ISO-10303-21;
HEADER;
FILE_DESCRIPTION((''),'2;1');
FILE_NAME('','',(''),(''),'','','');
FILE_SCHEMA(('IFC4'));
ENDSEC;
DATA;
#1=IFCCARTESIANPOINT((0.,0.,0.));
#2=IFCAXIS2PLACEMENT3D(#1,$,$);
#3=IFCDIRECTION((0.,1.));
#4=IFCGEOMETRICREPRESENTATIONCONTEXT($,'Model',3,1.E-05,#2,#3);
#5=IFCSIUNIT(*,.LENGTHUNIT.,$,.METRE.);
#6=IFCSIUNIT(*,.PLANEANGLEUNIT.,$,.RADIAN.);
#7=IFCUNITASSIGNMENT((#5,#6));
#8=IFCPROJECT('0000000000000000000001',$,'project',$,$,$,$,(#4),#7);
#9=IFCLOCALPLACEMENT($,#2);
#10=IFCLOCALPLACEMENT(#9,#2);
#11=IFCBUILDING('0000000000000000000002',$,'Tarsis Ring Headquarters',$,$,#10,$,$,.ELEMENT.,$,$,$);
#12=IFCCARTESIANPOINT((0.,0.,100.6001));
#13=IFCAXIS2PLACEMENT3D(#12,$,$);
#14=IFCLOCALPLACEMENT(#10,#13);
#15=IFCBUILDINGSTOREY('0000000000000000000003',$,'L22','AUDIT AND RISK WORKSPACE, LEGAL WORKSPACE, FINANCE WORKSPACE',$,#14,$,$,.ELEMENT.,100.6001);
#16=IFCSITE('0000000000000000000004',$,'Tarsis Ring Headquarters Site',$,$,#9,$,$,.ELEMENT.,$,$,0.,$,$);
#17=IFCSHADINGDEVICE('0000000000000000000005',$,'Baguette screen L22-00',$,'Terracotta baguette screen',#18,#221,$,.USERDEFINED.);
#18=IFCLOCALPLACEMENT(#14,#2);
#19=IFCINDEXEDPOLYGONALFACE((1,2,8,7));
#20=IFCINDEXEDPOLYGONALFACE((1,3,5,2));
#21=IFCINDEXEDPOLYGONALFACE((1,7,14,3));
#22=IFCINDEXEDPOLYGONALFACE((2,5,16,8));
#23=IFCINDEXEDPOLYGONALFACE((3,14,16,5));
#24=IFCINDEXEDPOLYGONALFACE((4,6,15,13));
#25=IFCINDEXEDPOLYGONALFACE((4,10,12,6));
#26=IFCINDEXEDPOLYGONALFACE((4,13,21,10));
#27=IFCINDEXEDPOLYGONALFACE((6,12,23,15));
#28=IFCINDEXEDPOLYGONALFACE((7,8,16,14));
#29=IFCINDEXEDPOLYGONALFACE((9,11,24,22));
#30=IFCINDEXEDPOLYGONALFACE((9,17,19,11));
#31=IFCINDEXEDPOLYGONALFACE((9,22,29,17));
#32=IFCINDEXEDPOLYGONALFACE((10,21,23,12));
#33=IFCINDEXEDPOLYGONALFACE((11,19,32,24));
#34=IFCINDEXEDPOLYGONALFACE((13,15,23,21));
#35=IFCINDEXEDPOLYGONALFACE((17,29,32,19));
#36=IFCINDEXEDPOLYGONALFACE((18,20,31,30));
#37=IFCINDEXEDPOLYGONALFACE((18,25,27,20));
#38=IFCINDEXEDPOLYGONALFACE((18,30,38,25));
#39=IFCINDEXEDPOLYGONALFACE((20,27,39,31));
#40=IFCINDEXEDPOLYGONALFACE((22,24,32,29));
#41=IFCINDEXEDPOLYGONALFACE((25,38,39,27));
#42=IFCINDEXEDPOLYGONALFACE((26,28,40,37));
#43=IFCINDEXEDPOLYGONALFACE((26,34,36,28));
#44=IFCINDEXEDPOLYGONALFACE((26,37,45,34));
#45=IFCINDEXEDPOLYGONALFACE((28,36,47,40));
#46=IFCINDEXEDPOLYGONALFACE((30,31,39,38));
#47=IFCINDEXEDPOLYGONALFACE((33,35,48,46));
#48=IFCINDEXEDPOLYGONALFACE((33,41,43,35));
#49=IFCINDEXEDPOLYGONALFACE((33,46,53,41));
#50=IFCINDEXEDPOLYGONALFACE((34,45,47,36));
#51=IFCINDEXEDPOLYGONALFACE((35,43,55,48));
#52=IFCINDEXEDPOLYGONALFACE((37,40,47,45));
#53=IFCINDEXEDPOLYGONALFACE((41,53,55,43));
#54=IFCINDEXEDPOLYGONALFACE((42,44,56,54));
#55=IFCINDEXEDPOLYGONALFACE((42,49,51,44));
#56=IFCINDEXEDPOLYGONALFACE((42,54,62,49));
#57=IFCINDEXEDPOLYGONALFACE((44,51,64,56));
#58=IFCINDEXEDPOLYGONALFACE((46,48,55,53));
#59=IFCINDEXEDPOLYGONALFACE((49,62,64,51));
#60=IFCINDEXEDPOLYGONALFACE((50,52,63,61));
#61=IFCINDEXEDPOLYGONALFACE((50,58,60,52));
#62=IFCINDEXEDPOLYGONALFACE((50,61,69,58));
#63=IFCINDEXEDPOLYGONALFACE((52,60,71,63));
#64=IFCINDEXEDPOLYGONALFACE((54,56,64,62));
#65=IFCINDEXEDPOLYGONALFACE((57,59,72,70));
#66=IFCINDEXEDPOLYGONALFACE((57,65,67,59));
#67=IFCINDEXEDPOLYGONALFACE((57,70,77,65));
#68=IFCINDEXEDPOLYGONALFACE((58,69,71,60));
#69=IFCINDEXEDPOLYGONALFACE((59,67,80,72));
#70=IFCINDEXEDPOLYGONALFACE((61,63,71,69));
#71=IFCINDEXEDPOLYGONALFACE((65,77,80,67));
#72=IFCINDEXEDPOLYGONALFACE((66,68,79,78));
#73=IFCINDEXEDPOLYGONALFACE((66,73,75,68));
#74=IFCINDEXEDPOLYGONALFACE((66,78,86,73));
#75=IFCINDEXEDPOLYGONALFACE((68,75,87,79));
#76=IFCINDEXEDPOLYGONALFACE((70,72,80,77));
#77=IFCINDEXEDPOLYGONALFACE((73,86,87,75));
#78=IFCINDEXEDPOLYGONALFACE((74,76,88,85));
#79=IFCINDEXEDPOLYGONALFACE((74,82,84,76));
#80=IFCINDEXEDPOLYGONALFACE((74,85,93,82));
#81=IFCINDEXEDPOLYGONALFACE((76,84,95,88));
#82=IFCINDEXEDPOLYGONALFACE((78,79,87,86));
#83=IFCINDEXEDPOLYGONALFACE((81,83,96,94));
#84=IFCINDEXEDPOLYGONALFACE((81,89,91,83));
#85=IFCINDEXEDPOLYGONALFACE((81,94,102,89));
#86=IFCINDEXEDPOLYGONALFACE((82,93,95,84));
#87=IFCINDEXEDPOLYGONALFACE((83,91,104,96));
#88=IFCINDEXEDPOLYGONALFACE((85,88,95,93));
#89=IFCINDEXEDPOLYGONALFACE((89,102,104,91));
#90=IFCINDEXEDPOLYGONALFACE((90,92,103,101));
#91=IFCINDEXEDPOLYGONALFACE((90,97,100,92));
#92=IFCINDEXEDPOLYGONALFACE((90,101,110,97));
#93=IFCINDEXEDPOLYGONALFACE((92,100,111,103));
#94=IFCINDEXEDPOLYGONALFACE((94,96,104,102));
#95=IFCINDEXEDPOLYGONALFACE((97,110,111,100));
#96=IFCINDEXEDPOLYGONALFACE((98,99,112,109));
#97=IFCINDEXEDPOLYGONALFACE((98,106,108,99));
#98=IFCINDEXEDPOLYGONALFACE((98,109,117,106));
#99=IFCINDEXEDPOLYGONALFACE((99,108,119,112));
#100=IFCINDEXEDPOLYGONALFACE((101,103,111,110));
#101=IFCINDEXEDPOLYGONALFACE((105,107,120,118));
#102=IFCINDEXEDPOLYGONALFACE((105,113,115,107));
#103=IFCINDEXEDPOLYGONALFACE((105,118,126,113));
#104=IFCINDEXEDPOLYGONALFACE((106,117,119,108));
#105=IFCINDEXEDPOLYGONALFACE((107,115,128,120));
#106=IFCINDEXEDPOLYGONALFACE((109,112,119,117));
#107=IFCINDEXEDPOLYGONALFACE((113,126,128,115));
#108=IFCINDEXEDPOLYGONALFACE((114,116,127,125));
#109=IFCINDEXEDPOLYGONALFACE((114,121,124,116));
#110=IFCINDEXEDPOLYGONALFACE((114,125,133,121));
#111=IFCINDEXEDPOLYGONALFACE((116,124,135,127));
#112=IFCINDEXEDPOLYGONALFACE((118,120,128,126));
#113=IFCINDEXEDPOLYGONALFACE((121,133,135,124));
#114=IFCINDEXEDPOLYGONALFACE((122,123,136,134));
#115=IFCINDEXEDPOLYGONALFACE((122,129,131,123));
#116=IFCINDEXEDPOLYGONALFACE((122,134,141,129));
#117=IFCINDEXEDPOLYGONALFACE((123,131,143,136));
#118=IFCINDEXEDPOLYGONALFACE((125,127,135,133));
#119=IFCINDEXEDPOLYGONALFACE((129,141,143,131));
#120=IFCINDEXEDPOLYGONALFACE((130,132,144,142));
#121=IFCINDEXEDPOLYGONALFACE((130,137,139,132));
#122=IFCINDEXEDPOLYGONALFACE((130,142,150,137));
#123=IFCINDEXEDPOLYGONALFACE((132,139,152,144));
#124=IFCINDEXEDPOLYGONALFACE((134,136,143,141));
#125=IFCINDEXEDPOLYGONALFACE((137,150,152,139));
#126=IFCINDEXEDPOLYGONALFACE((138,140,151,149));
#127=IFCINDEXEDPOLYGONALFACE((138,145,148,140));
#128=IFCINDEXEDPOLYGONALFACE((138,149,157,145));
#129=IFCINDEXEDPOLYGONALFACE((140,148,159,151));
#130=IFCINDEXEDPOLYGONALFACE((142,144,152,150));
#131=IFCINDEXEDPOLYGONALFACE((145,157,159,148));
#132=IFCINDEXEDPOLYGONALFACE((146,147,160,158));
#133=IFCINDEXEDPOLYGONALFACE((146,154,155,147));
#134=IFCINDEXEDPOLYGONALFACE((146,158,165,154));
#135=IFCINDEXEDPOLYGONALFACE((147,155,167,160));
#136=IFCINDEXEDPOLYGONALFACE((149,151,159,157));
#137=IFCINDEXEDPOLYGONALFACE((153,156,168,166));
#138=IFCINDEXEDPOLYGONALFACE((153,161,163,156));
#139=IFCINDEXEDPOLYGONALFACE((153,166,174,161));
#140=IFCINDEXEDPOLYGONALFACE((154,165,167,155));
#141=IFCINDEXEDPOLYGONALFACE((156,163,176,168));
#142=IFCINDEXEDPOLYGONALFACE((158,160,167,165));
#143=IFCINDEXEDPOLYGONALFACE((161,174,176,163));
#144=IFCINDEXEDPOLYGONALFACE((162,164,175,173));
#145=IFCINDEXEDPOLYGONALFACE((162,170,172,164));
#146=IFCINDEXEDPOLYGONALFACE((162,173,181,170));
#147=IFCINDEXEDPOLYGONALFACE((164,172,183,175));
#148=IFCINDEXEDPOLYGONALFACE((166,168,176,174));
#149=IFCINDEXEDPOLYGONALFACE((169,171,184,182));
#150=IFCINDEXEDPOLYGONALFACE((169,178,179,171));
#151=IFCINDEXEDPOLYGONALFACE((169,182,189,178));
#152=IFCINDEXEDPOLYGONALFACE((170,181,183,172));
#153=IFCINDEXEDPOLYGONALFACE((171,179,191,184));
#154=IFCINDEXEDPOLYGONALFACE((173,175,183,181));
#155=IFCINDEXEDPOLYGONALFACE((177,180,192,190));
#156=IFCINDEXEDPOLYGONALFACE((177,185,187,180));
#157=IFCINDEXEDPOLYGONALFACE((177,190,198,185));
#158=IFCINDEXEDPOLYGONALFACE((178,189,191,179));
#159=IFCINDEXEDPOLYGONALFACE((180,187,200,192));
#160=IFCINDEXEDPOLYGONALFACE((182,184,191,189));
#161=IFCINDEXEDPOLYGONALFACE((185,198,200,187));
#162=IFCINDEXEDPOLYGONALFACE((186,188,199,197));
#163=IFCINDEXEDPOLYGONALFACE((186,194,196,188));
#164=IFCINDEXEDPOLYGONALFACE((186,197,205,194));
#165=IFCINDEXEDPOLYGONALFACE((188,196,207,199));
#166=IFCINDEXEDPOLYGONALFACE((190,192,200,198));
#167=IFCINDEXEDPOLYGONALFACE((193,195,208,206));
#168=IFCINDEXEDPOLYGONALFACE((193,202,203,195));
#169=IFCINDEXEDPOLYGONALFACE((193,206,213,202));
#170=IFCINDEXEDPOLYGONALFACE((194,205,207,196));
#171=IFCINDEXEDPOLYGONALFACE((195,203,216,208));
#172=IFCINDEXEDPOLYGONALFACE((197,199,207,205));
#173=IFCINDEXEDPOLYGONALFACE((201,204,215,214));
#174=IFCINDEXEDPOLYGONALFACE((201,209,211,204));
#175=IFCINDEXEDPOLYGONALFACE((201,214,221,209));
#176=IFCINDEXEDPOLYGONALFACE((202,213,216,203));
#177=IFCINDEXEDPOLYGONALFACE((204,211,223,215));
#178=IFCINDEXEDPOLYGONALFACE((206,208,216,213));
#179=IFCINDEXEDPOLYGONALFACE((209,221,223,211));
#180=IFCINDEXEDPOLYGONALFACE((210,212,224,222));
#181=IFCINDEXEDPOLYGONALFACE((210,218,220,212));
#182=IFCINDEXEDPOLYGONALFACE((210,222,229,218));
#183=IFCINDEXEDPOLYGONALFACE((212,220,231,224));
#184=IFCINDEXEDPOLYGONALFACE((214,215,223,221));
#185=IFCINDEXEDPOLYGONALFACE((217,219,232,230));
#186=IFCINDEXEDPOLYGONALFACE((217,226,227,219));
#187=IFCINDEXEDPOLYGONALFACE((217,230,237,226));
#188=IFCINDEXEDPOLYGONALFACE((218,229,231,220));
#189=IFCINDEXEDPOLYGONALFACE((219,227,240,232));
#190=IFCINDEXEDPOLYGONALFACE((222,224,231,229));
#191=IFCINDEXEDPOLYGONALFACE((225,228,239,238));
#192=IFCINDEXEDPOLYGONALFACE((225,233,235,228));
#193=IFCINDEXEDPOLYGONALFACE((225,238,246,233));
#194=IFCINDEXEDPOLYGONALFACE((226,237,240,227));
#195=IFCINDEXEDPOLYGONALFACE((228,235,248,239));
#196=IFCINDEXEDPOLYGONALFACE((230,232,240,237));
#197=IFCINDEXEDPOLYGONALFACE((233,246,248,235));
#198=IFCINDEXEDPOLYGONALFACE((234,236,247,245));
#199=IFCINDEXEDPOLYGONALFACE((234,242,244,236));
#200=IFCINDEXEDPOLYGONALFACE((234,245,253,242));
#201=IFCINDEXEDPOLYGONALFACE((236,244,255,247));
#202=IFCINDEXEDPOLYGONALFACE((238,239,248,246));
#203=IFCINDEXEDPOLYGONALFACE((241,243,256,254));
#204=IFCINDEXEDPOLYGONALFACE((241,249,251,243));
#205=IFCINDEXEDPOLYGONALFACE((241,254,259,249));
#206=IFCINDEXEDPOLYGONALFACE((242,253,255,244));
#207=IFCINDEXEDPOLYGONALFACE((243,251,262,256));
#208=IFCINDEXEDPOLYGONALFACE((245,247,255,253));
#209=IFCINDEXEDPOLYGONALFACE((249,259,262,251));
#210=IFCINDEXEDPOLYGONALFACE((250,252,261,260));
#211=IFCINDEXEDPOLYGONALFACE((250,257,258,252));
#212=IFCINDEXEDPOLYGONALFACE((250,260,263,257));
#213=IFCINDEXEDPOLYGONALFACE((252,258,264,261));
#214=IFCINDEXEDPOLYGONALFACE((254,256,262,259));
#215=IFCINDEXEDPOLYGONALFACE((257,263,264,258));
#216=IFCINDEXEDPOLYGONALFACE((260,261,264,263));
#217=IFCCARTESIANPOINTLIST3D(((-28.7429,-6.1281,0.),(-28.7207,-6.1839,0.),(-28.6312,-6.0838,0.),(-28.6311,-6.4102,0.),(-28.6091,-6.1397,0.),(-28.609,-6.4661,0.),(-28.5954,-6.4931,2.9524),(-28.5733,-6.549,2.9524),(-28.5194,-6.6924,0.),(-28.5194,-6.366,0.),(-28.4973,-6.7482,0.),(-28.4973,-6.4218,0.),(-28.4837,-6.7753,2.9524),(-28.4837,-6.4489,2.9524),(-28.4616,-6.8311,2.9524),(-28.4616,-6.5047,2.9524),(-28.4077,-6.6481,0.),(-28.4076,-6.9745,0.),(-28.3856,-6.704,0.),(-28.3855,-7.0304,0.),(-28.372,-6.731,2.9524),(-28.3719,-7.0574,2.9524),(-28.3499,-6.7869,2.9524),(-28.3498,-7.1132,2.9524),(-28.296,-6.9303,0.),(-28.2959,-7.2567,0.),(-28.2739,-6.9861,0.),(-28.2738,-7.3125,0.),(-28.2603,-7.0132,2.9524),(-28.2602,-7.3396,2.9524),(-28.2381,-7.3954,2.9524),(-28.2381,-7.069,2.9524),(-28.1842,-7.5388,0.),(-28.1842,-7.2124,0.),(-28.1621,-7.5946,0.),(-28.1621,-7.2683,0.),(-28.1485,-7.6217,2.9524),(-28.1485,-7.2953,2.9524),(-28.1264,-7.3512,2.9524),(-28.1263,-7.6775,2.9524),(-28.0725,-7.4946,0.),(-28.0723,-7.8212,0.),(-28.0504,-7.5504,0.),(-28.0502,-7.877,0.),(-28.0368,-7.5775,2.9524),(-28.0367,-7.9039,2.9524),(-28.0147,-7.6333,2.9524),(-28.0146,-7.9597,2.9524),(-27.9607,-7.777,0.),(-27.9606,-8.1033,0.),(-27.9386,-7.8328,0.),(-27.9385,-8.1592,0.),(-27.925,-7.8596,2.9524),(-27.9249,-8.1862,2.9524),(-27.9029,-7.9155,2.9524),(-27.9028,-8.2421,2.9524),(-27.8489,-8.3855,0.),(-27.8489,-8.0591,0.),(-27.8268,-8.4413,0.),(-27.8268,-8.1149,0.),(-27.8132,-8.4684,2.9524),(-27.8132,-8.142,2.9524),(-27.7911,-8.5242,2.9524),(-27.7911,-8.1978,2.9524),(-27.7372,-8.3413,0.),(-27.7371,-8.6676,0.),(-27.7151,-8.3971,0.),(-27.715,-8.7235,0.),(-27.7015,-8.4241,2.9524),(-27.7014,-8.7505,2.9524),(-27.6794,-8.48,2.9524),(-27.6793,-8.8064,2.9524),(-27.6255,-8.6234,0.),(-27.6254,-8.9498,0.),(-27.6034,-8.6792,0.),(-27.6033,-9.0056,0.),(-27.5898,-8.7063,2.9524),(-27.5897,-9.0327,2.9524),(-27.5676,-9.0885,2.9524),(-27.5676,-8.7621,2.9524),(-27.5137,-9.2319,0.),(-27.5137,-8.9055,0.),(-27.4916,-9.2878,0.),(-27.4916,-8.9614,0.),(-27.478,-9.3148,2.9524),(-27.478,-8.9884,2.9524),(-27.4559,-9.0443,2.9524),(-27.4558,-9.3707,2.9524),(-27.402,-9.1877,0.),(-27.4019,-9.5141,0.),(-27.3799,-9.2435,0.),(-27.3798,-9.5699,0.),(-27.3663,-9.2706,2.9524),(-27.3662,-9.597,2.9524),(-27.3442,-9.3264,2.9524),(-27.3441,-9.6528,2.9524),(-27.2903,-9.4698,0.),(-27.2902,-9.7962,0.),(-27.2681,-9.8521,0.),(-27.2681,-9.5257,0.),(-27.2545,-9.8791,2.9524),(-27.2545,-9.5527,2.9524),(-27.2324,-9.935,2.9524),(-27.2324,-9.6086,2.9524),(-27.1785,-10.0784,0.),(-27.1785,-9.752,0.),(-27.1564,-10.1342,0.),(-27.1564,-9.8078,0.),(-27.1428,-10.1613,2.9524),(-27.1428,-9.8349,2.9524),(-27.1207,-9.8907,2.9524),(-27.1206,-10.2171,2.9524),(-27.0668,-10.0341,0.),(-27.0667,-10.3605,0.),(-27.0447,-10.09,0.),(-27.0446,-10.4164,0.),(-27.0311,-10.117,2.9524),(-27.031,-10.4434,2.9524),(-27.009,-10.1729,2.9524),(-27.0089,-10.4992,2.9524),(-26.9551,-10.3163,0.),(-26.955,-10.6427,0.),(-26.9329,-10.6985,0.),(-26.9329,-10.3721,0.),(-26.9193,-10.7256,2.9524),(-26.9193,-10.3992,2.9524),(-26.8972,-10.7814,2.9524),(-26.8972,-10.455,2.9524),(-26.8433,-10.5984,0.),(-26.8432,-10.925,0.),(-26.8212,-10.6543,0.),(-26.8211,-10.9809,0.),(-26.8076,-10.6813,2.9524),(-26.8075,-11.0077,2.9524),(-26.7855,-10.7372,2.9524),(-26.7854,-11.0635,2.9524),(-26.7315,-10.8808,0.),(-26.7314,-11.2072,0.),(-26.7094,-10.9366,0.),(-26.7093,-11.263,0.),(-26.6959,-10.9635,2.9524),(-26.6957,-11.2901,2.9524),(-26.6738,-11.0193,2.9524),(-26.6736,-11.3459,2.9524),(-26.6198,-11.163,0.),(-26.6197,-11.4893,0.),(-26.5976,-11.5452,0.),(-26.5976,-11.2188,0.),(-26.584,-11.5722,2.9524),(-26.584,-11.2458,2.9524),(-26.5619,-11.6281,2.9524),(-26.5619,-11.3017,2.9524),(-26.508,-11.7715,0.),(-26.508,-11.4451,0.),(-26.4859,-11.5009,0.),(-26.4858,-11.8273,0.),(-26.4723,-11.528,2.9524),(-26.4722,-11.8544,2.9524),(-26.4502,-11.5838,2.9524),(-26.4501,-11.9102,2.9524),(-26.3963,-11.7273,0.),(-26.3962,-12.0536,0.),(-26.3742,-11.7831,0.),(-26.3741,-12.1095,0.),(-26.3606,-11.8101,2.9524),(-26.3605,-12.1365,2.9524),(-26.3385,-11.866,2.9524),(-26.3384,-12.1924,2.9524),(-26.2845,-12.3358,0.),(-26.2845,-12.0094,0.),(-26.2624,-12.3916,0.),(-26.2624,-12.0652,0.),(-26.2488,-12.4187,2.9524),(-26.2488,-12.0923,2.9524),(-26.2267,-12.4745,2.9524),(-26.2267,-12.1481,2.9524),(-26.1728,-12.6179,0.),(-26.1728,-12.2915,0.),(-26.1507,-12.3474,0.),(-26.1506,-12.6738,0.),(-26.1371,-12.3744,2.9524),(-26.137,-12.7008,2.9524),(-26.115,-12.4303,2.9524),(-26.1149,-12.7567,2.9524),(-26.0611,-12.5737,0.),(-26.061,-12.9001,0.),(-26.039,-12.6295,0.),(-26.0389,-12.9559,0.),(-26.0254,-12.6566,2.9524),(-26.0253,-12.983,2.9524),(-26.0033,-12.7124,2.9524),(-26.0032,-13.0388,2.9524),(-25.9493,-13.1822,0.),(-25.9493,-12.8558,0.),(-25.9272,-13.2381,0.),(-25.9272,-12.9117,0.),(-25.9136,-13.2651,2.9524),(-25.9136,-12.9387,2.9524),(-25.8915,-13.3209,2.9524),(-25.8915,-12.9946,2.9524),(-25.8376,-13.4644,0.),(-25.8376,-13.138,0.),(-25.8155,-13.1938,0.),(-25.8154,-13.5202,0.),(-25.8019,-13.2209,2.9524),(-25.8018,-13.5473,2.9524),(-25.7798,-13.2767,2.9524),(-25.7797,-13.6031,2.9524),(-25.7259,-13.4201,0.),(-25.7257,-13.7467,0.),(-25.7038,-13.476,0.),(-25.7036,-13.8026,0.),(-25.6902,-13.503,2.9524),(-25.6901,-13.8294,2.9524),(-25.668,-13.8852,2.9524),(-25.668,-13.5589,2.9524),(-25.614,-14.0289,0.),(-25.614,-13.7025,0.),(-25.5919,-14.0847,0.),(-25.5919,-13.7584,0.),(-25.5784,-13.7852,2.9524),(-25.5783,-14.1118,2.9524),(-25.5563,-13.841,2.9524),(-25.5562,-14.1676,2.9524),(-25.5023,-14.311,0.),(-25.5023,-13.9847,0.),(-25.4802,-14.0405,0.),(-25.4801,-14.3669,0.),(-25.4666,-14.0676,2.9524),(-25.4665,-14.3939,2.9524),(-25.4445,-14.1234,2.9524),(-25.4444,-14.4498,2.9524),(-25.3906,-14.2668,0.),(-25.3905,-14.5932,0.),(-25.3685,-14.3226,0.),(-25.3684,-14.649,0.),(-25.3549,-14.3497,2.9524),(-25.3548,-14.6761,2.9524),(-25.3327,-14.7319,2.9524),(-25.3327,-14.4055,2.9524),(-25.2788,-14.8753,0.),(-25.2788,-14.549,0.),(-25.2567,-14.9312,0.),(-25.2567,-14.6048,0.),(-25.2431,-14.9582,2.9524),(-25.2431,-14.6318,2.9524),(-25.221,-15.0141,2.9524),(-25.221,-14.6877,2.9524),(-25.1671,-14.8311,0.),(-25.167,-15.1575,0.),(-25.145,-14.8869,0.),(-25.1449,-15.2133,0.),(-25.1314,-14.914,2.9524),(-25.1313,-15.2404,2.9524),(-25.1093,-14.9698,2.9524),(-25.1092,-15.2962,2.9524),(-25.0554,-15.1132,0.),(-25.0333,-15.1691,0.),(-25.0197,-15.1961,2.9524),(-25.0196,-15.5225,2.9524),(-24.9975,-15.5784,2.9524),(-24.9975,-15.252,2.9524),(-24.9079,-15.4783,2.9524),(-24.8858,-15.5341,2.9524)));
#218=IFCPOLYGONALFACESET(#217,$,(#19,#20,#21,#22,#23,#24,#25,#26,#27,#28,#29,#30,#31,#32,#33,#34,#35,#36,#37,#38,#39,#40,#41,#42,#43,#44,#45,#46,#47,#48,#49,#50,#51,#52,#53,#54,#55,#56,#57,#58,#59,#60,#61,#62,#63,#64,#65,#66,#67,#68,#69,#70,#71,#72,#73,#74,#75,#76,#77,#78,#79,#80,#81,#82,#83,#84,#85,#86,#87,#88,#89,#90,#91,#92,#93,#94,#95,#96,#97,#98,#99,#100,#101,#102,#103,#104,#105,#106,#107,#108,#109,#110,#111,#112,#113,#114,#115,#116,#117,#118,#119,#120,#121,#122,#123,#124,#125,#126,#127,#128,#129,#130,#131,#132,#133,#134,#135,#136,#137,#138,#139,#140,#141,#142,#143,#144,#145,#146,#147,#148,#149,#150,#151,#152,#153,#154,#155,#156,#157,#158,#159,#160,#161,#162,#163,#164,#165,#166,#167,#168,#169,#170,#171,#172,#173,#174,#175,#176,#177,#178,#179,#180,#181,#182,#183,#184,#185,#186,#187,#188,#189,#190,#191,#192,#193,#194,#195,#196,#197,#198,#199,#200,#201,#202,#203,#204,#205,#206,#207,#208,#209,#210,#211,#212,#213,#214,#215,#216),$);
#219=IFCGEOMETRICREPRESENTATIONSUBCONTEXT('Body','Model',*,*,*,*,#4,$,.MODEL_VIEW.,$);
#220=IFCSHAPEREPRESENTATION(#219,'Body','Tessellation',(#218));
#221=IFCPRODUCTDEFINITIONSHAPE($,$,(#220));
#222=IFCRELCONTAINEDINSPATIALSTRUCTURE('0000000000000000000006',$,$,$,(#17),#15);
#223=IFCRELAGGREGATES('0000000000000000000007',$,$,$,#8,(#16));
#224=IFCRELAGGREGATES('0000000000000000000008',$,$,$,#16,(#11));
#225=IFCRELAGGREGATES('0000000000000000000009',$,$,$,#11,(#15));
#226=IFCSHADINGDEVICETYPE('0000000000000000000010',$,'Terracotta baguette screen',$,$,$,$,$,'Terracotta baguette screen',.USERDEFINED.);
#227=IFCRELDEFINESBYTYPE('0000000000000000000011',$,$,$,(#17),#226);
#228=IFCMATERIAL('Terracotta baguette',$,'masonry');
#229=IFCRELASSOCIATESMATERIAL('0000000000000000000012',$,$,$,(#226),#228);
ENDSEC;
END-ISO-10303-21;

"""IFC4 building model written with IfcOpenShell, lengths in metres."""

from ifc_helpers import new_model, si_unit, direction, frame, frame_2d, origin, place, context, subcontext, project, spatial, rectangle, composite_profile, extrude, material, type_object, element, save


model = new_model("IFC4")

# Units and contexts
model_context = context("Model", 3, precision=1e-05, world=origin(), true_north=direction((0.0, 1.0)))
body_context = subcontext(model_context, "Body", "Model", "MODEL_VIEW")
ifc_project = project(units=[si_unit("LENGTHUNIT", "METRE"), si_unit("PLANEANGLEUNIT", "RADIAN")], contexts=[model_context])

# Site, building, storey
site_placement = place(None, origin())
site = spatial("IfcSite", under=ifc_project, at=site_placement, Name="Tarsis Ring Headquarters Site", CompositionType="ELEMENT", RefElevation=0.0)
building_placement = place(site_placement, origin())
building = spatial("IfcBuilding", under=site, at=building_placement, Name="Tarsis Ring Headquarters", CompositionType="ELEMENT")
storey_placement = place(building_placement, frame((0.0, 0.0, 100.6001)))
storey = spatial("IfcBuildingStorey", under=building, at=storey_placement, Name="L22", Description="AUDIT AND RISK WORKSPACE, LEGAL WORKSPACE, FINANCE WORKSPACE", CompositionType="ELEMENT", Elevation=100.6001)

# Shading device
ifc_material_1 = material(Name="Terracotta baguette", Category="masonry")
shading_device_type = type_object("IfcShadingDeviceType", Name="Terracotta baguette screen", ElementType="Terracotta baguette screen", PredefinedType="USERDEFINED", material=ifc_material_1)
shading_device_placement = place(storey_placement, frame((-28.687, -6.106, 0.0), z_axis=(0.0, 0.0, 1.0), x_axis=(0.368195, -0.929744, 0.0)))
element("IfcShadingDevice", 1, at=shading_device_placement, inside=storey, type_object=shading_device_type, Name="Baguette screen L22-00", ObjectType="Terracotta baguette screen", PredefinedType="USERDEFINED", context=body_context, shape_type="SweptSolid", body=[
    extrude(composite_profile([rectangle(XDim=0.0601, YDim=0.1201, at=frame_2d((0.03, 0.0))), rectangle(XDim=0.0601, YDim=0.1201, at=frame_2d((0.3335, 0.0))), rectangle(XDim=0.0601, YDim=0.1201, at=frame_2d((0.637, 0.0))), rectangle(XDim=0.0601, YDim=0.1201, at=frame_2d((0.9404, 0.0))), rectangle(XDim=0.0601, YDim=0.1201, at=frame_2d((1.2439, 0.0))), rectangle(XDim=0.0601, YDim=0.1201, at=frame_2d((1.5474, 0.0))), rectangle(XDim=0.0601, YDim=0.1201, at=frame_2d((1.8511, 0.0))), rectangle(XDim=0.0601, YDim=0.1201, at=frame_2d((2.1545, 0.0))), rectangle(XDim=0.0601, YDim=0.1201, at=frame_2d((2.458, 0.0))), rectangle(XDim=0.0601, YDim=0.1201, at=frame_2d((2.7615, 0.0))), rectangle(XDim=0.0601, YDim=0.1201, at=frame_2d((3.0649, 0.0))), rectangle(XDim=0.0601, YDim=0.1201, at=frame_2d((3.3684, 0.0))), rectangle(XDim=0.0601, YDim=0.1201, at=frame_2d((3.6719, 0.0))), rectangle(XDim=0.0601, YDim=0.1201, at=frame_2d((3.9753, 0.0))), rectangle(XDim=0.0601, YDim=0.1201, at=frame_2d((4.2788, 0.0))), rectangle(XDim=0.0601, YDim=0.1201, at=frame_2d((4.5823, 0.0))), rectangle(XDim=0.0601, YDim=0.1201, at=frame_2d((4.8857, 0.0))), rectangle(XDim=0.0601, YDim=0.1201, at=frame_2d((5.1895, 0.0))), rectangle(XDim=0.0601, YDim=0.1201, at=frame_2d((5.4929, 0.0))), rectangle(XDim=0.0601, YDim=0.1201, at=frame_2d((5.7964, 0.0))), rectangle(XDim=0.0601, YDim=0.1201, at=frame_2d((6.0999, 0.0))), rectangle(XDim=0.0601, YDim=0.1201, at=frame_2d((6.4033, 0.0))), rectangle(XDim=0.0601, YDim=0.1201, at=frame_2d((6.7068, 0.0))), rectangle(XDim=0.0601, YDim=0.1201, at=frame_2d((7.0103, 0.0))), rectangle(XDim=0.0601, YDim=0.1201, at=frame_2d((7.3137, 0.0))), rectangle(XDim=0.0601, YDim=0.1201, at=frame_2d((7.6172, 0.0))), rectangle(XDim=0.0601, YDim=0.1201, at=frame_2d((7.9207, 0.0))), rectangle(XDim=0.0601, YDim=0.1201, at=frame_2d((8.2244, 0.0))), rectangle(XDim=0.0601, YDim=0.1201, at=frame_2d((8.5278, 0.0))), rectangle(XDim=0.0601, YDim=0.1201, at=frame_2d((8.8313, 0.0))), rectangle(XDim=0.0601, YDim=0.1201, at=frame_2d((9.1348, 0.0))), rectangle(XDim=0.0601, YDim=0.1201, at=frame_2d((9.4382, 0.0))), rectangle(XDim=0.0601, YDim=0.1201, at=frame_2d((9.7417, 0.0)))]), origin(), (0.132176, 0.000901, 0.991226), 2.9785),
])

save(model, "model.ifc")
